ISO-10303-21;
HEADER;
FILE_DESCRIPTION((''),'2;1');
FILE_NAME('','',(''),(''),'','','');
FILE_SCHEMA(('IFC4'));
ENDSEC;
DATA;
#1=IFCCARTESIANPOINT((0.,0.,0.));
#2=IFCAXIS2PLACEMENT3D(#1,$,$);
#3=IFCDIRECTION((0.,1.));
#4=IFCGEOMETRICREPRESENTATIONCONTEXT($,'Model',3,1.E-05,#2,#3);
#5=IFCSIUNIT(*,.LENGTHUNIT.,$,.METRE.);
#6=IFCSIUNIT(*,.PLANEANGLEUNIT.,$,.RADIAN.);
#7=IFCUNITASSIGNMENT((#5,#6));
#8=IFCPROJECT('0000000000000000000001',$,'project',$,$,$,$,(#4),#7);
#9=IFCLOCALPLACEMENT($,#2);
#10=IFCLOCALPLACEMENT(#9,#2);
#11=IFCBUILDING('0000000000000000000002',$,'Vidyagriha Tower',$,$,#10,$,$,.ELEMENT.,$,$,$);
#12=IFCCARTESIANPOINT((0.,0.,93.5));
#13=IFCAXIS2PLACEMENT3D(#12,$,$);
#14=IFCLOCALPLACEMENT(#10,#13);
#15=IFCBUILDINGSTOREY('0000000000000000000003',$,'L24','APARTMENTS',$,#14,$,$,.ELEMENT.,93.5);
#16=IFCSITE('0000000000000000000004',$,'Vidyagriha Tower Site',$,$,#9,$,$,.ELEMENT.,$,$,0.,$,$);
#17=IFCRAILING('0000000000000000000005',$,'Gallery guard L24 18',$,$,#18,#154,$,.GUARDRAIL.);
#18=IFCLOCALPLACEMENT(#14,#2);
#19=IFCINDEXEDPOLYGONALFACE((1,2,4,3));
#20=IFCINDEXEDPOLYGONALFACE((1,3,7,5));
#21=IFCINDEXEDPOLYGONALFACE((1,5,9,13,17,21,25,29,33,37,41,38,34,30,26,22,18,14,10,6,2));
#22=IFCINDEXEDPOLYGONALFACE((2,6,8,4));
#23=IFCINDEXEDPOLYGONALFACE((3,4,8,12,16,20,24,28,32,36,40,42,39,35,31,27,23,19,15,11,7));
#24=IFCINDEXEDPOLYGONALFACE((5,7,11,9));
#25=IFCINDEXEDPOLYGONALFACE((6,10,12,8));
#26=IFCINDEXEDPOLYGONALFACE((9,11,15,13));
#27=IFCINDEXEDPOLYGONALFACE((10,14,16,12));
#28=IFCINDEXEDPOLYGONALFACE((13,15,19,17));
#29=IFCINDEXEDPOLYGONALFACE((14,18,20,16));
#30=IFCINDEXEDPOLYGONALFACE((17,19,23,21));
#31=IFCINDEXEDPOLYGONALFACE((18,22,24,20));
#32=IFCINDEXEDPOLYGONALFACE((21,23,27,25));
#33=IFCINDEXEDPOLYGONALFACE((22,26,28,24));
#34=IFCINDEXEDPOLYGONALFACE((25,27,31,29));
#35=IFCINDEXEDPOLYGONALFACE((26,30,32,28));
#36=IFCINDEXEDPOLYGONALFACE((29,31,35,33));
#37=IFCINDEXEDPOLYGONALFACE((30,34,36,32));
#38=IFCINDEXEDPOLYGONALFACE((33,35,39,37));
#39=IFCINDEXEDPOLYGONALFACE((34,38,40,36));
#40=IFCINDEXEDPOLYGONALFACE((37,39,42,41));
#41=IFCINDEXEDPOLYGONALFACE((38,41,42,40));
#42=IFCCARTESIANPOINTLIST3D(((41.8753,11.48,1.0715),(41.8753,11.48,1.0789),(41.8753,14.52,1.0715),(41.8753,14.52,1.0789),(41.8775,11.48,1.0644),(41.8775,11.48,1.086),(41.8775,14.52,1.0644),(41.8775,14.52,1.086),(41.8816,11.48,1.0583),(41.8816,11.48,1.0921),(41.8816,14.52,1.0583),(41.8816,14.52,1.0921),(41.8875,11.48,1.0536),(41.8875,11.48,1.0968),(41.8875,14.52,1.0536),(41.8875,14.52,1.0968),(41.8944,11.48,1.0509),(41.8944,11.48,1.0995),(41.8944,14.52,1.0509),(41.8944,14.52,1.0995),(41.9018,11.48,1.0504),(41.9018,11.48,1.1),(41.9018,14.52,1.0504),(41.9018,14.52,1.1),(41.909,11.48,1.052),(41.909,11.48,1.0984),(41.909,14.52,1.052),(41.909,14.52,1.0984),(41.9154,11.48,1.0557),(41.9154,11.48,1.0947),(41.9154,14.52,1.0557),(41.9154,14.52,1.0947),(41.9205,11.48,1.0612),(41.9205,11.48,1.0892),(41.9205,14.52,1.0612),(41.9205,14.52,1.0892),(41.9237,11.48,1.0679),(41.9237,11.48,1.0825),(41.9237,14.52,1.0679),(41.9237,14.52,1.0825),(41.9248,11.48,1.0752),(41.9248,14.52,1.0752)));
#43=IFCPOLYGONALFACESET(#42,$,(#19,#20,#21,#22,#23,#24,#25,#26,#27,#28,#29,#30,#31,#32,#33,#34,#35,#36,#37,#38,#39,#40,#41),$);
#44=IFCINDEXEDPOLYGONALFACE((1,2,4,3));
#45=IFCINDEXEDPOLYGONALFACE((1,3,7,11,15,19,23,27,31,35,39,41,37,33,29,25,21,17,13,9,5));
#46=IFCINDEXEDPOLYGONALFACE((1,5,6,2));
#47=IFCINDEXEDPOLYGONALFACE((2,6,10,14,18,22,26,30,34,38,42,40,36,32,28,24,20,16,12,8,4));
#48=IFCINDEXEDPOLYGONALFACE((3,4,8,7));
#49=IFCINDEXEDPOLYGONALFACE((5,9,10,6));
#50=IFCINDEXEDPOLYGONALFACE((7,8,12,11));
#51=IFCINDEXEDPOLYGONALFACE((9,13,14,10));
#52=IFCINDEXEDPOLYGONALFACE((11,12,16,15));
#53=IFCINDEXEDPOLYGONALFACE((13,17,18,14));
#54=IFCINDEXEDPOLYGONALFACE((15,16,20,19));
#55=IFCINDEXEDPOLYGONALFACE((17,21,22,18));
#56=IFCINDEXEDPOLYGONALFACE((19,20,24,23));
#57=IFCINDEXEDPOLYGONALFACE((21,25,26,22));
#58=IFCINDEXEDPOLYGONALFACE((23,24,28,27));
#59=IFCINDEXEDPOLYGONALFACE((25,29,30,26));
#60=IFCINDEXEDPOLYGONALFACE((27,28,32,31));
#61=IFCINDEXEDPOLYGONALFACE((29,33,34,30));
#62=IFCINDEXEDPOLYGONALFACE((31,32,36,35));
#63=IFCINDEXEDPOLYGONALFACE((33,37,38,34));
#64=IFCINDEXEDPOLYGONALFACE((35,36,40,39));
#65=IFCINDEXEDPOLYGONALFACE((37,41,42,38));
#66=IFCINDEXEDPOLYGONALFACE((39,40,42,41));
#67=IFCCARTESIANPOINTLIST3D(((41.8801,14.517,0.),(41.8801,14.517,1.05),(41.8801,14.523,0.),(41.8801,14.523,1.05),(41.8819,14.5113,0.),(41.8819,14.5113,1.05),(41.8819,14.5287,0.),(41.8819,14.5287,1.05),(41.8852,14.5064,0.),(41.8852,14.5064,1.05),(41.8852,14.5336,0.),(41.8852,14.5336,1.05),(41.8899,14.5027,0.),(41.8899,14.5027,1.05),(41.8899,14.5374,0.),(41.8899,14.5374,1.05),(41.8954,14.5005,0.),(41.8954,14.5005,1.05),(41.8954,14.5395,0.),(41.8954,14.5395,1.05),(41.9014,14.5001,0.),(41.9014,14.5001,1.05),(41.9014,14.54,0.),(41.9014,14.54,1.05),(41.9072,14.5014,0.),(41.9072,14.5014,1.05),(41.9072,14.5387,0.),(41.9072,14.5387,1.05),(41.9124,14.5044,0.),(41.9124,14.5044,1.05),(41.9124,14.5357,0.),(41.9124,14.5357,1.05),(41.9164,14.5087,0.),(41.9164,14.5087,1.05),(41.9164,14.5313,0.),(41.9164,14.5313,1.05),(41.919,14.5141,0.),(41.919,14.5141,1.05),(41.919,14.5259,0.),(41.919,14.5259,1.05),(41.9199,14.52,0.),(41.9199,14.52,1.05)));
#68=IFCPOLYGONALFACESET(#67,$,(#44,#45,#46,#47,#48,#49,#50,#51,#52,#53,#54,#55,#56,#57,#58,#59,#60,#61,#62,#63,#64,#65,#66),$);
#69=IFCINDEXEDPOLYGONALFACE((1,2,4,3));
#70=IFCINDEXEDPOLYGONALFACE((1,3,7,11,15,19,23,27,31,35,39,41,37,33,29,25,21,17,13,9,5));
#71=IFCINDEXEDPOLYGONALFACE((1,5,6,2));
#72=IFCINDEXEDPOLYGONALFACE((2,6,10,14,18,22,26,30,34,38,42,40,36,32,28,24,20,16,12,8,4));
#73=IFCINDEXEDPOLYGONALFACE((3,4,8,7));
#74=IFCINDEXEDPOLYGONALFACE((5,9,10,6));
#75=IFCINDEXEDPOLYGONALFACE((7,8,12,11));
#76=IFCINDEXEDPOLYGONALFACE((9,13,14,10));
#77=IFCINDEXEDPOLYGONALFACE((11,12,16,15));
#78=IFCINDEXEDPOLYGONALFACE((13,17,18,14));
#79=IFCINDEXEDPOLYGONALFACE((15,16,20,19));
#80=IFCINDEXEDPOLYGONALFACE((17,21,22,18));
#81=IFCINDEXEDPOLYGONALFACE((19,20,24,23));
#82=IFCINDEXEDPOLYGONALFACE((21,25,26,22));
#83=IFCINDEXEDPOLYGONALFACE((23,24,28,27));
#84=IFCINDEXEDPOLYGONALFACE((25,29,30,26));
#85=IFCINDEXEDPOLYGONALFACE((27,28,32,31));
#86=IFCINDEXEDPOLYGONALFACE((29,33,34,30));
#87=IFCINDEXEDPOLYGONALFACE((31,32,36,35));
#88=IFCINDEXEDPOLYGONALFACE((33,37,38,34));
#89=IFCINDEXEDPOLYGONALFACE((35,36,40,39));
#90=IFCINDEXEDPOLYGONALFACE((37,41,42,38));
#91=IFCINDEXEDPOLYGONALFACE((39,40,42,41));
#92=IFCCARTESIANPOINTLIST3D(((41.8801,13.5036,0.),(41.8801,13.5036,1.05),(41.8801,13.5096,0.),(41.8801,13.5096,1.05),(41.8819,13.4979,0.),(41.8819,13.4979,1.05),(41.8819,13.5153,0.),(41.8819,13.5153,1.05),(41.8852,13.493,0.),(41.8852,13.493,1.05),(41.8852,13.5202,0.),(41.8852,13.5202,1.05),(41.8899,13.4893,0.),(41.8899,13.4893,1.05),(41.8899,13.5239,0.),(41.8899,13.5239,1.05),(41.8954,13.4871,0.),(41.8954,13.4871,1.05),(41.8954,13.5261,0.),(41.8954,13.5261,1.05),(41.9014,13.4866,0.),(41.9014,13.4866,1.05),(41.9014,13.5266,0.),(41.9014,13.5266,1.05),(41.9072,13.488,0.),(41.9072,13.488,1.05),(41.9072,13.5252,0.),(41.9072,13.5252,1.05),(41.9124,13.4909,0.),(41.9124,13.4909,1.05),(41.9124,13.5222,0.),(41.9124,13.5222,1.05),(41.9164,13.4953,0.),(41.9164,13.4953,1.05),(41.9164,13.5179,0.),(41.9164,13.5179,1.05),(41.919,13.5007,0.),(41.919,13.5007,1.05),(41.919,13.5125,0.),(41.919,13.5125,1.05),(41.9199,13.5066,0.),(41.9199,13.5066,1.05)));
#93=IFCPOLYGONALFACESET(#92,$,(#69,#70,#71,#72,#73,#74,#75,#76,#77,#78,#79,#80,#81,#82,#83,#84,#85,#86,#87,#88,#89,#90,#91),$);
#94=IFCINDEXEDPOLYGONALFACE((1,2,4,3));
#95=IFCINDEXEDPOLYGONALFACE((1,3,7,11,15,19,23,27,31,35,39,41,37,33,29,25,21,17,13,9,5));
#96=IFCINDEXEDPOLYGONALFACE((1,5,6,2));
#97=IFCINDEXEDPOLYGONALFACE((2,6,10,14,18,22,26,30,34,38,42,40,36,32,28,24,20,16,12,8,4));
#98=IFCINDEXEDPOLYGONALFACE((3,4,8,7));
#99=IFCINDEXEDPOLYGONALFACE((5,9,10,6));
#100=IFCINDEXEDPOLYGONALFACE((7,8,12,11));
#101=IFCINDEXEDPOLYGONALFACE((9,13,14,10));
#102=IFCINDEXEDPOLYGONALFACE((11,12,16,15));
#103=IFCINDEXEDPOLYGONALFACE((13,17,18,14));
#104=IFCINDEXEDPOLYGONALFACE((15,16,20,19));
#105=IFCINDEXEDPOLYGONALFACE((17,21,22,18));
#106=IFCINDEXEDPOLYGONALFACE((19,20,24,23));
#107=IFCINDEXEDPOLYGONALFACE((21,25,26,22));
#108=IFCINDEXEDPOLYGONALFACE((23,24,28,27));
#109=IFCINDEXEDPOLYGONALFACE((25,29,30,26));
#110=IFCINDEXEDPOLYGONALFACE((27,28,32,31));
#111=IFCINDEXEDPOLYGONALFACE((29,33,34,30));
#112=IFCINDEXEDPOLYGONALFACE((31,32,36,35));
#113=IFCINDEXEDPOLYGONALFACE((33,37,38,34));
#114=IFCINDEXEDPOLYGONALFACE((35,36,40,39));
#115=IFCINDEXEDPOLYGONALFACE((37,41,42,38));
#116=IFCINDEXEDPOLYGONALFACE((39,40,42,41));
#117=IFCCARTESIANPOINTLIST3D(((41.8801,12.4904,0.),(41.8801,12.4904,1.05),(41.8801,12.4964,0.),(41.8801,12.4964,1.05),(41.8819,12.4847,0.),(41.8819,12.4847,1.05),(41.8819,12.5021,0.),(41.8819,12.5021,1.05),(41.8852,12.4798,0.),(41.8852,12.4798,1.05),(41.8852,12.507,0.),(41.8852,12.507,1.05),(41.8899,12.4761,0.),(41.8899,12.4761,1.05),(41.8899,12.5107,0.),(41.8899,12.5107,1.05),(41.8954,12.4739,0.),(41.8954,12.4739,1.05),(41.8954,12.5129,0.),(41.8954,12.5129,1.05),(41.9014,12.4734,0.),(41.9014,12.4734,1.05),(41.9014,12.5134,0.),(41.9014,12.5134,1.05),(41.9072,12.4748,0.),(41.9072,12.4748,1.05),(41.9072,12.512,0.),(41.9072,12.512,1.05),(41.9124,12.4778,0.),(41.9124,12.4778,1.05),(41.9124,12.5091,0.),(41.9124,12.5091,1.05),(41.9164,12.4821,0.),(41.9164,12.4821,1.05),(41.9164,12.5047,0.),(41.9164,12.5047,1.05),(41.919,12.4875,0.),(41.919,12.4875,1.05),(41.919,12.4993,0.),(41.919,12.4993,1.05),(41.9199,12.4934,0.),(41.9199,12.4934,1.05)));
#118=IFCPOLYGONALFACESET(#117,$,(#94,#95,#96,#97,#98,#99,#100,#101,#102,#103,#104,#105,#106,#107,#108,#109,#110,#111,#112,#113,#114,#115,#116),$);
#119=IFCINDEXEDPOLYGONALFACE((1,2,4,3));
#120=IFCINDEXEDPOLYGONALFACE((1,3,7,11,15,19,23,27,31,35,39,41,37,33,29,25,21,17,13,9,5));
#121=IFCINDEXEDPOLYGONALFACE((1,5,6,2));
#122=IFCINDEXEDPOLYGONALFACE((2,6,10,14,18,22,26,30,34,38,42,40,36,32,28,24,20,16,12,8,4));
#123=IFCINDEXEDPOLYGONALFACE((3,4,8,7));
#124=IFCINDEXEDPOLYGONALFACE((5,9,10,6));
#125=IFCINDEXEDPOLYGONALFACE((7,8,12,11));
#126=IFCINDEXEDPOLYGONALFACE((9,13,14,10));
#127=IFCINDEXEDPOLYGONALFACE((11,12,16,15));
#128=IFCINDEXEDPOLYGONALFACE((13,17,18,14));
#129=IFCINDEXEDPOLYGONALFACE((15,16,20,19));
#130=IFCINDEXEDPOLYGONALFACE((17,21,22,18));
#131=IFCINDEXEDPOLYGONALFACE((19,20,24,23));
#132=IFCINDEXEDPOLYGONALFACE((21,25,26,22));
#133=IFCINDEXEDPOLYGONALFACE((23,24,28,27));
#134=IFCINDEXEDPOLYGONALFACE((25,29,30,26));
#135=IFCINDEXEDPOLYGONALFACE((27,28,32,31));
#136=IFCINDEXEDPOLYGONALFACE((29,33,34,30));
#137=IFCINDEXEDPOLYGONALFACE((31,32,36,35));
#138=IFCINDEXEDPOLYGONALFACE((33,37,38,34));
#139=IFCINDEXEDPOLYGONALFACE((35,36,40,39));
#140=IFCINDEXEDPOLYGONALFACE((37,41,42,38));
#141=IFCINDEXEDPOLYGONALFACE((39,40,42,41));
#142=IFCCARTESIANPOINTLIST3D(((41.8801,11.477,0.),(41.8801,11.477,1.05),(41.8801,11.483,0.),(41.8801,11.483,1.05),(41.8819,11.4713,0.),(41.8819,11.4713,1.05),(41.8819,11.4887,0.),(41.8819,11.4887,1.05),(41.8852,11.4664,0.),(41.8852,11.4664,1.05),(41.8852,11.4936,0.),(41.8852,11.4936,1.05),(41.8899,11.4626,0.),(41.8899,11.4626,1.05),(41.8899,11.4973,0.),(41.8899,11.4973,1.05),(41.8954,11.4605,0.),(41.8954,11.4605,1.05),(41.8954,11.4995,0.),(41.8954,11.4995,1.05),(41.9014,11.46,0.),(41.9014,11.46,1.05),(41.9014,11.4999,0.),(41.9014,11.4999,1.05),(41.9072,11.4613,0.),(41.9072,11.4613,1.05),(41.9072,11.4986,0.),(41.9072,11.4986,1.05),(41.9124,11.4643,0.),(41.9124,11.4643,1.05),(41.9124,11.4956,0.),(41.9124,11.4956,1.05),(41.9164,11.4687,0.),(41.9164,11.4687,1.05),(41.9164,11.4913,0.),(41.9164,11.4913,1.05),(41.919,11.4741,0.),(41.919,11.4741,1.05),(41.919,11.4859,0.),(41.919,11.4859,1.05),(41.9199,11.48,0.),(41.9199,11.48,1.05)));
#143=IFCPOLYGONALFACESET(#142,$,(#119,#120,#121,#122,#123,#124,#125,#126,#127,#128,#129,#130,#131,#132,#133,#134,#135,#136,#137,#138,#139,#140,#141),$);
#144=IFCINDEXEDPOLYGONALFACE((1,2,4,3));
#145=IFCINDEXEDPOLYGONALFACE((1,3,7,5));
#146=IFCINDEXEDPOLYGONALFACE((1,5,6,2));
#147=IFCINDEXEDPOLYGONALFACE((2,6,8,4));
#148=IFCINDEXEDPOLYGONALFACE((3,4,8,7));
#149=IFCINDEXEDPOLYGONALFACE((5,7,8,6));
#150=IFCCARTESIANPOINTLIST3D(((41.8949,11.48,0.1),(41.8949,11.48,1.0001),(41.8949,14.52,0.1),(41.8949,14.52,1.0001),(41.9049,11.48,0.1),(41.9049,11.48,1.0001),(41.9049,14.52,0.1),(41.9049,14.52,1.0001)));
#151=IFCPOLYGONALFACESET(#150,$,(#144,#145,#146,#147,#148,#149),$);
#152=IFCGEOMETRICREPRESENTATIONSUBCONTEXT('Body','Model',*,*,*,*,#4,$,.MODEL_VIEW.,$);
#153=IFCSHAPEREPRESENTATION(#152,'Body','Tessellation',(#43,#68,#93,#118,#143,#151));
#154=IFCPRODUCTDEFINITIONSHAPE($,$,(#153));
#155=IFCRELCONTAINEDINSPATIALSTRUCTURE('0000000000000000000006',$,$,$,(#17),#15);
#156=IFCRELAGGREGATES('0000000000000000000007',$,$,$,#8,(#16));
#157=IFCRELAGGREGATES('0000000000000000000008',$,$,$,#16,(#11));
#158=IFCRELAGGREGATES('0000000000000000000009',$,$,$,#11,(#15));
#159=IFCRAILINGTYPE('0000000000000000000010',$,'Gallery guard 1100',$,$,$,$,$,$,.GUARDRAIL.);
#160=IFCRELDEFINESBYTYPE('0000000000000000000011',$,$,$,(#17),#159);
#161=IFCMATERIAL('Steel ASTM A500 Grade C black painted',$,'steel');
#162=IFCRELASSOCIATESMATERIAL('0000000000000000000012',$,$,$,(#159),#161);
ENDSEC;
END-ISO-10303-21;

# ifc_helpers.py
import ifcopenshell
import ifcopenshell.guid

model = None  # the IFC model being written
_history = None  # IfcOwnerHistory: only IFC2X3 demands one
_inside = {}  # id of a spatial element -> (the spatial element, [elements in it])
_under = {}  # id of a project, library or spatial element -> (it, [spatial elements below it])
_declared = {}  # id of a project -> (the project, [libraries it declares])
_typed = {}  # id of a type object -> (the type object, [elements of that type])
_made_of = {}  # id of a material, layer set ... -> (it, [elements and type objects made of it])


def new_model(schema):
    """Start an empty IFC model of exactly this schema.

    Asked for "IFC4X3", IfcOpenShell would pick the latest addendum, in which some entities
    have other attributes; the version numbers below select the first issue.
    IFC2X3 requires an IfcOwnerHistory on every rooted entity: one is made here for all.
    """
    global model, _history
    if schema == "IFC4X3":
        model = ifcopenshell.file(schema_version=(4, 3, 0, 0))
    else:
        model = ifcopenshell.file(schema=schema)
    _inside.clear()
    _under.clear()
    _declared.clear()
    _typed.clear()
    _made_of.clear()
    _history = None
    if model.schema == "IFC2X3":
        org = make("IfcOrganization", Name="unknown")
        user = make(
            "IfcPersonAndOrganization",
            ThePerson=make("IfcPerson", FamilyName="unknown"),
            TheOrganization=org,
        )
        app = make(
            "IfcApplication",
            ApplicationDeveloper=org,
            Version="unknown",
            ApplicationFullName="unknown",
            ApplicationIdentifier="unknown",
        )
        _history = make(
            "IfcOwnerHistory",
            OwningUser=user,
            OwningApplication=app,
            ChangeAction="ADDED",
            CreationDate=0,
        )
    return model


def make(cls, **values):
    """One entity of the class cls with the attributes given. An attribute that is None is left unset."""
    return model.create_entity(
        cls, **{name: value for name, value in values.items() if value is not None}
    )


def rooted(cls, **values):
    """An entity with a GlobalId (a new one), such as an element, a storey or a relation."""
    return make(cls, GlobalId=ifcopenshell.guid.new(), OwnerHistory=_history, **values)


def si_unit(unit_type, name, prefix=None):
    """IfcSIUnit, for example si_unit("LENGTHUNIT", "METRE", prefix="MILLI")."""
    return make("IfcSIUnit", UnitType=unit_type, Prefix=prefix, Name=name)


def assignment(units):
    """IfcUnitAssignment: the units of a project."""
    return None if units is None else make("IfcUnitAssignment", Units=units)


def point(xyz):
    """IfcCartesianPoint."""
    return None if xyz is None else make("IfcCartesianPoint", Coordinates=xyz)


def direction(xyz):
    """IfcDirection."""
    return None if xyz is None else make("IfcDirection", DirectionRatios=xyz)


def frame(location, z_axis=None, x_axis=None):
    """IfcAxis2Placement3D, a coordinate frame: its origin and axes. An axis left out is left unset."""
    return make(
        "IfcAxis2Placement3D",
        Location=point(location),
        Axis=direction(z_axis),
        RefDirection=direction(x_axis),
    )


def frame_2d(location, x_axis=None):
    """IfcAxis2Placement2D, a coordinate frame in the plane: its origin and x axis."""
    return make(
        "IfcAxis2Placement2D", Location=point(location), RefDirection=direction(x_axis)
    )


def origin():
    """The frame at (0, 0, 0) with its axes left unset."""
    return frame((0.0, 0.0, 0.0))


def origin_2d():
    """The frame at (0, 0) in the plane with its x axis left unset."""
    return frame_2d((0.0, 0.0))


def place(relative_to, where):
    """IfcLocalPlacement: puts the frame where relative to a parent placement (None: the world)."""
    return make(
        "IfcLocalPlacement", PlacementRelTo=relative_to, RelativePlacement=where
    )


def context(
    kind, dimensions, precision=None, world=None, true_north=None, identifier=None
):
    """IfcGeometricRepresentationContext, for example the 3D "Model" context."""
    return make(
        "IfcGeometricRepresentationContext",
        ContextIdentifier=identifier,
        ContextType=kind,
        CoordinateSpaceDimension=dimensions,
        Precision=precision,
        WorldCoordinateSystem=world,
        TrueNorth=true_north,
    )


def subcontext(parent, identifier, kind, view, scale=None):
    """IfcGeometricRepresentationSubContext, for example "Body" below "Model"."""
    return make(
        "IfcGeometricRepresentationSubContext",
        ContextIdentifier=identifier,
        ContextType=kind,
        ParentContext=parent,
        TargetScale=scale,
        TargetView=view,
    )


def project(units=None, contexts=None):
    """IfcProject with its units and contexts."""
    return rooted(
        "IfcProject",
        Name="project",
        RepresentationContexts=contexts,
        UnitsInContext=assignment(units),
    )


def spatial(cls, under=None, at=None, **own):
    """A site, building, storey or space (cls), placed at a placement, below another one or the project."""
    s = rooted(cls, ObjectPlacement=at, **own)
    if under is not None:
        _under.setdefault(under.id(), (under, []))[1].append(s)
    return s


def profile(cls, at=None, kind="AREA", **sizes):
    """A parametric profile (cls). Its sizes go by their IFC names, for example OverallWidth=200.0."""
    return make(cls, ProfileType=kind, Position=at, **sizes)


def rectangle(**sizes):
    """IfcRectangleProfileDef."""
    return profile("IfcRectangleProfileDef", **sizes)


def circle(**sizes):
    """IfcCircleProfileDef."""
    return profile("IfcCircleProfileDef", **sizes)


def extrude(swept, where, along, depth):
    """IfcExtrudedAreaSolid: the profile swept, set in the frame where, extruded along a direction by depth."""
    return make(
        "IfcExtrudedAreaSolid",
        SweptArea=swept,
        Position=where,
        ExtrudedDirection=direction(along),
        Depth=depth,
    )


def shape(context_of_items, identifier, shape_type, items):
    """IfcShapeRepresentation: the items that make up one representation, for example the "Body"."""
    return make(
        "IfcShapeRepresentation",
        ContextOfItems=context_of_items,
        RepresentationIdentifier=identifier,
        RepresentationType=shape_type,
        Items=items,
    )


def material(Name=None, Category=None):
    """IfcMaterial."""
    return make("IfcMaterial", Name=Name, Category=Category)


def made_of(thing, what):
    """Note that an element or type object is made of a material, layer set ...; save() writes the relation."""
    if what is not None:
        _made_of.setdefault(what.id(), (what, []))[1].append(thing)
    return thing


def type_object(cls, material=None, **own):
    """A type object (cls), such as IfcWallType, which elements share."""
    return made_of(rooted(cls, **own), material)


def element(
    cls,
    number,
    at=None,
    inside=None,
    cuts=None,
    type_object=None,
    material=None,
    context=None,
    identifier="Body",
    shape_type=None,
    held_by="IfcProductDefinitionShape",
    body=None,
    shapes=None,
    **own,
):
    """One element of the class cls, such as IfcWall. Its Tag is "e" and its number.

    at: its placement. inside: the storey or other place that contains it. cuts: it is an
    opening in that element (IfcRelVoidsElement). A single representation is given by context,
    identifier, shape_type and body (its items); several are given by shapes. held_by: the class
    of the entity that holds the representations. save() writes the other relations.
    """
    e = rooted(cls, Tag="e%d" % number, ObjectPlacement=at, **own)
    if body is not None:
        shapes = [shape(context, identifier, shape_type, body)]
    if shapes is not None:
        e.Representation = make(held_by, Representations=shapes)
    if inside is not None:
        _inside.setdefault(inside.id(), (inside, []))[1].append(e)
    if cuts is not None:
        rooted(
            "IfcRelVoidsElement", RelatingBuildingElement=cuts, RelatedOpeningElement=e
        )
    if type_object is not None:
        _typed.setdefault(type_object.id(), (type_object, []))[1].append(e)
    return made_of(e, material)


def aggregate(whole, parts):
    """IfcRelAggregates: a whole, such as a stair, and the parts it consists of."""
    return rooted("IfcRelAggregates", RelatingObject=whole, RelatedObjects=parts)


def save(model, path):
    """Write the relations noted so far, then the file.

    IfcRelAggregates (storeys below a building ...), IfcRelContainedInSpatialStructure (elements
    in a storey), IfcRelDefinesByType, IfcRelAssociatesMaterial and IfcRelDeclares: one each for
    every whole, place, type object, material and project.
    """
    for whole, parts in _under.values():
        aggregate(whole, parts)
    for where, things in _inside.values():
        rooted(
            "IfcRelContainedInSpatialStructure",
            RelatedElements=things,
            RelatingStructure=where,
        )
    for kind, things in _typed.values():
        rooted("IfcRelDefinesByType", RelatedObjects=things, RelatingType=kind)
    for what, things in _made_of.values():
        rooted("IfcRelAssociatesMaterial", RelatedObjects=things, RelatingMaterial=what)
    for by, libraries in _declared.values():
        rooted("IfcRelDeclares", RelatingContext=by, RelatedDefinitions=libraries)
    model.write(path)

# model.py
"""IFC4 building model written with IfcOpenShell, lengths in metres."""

from ifc_helpers import new_model, si_unit, direction, frame, origin, origin_2d, place, context, subcontext, project, spatial, rectangle, circle, extrude, material, type_object, element, save


model = new_model("IFC4")

# Units and contexts
model_context = context("Model", 3, precision=1e-05, world=origin(), true_north=direction((0.0, 1.0)))
body_context = subcontext(model_context, "Body", "Model", "MODEL_VIEW")
ifc_project = project(units=[si_unit("LENGTHUNIT", "METRE"), si_unit("PLANEANGLEUNIT", "RADIAN")], contexts=[model_context])

# Site, building, storey
site_placement = place(None, origin())
site = spatial("IfcSite", under=ifc_project, at=site_placement, Name="Vidyagriha Tower Site", CompositionType="ELEMENT", RefElevation=0.0)
building_placement = place(site_placement, origin())
building = spatial("IfcBuilding", under=site, at=building_placement, Name="Vidyagriha Tower", CompositionType="ELEMENT")
storey_placement = place(building_placement, frame((0.0, 0.0, 93.5)))
storey = spatial("IfcBuildingStorey", under=building, at=storey_placement, Name="L24", Description="APARTMENTS", CompositionType="ELEMENT", Elevation=93.5)

# Railing
ifc_material_1 = material(Name="Steel ASTM A500 Grade C black painted", Category="steel")
railing_type = type_object("IfcRailingType", Name="Gallery guard 1100", PredefinedType="GUARDRAIL", material=ifc_material_1)
railing_1_placement = place(storey_placement, frame((41.8999, 14.52, 0.0)))
element("IfcRailing", 1, at=railing_1_placement, inside=storey, type_object=railing_type, Name="Gallery guard L24 18", PredefinedType="GUARDRAIL", context=body_context, shape_type="SweptSolid", body=[
    extrude(circle(Radius=0.0249, at=origin_2d()), frame((0.0, 0.0, 1.0752), z_axis=(0.0, -1.0, 0.0), x_axis=(1.0, 0.0, 0.0)), (0.0, 0.0, 1.0), 3.04),
    extrude(circle(Radius=0.02, at=origin_2d()), origin(), (0.0, 0.0, 1.0), 1.05),
    extrude(circle(Radius=0.02, at=origin_2d()), frame((0.0, -1.0134, 0.0)), (0.0, 0.0, 1.0), 1.05),
    extrude(circle(Radius=0.02, at=origin_2d()), frame((0.0, -2.0266, 0.0)), (0.0, 0.0, 1.0), 1.05),
    extrude(circle(Radius=0.02, at=origin_2d()), frame((0.0, -3.04, 0.0)), (0.0, 0.0, 1.0), 1.05),
    extrude(rectangle(XDim=0.01, YDim=0.9001, at=origin_2d()), frame((0.0, 0.0, 0.55), z_axis=(0.0, -1.0, 0.0), x_axis=(1.0, 0.0, 0.0)), (0.0, 0.0, 1.0), 3.04),
])

save(model, "model.ifc")
